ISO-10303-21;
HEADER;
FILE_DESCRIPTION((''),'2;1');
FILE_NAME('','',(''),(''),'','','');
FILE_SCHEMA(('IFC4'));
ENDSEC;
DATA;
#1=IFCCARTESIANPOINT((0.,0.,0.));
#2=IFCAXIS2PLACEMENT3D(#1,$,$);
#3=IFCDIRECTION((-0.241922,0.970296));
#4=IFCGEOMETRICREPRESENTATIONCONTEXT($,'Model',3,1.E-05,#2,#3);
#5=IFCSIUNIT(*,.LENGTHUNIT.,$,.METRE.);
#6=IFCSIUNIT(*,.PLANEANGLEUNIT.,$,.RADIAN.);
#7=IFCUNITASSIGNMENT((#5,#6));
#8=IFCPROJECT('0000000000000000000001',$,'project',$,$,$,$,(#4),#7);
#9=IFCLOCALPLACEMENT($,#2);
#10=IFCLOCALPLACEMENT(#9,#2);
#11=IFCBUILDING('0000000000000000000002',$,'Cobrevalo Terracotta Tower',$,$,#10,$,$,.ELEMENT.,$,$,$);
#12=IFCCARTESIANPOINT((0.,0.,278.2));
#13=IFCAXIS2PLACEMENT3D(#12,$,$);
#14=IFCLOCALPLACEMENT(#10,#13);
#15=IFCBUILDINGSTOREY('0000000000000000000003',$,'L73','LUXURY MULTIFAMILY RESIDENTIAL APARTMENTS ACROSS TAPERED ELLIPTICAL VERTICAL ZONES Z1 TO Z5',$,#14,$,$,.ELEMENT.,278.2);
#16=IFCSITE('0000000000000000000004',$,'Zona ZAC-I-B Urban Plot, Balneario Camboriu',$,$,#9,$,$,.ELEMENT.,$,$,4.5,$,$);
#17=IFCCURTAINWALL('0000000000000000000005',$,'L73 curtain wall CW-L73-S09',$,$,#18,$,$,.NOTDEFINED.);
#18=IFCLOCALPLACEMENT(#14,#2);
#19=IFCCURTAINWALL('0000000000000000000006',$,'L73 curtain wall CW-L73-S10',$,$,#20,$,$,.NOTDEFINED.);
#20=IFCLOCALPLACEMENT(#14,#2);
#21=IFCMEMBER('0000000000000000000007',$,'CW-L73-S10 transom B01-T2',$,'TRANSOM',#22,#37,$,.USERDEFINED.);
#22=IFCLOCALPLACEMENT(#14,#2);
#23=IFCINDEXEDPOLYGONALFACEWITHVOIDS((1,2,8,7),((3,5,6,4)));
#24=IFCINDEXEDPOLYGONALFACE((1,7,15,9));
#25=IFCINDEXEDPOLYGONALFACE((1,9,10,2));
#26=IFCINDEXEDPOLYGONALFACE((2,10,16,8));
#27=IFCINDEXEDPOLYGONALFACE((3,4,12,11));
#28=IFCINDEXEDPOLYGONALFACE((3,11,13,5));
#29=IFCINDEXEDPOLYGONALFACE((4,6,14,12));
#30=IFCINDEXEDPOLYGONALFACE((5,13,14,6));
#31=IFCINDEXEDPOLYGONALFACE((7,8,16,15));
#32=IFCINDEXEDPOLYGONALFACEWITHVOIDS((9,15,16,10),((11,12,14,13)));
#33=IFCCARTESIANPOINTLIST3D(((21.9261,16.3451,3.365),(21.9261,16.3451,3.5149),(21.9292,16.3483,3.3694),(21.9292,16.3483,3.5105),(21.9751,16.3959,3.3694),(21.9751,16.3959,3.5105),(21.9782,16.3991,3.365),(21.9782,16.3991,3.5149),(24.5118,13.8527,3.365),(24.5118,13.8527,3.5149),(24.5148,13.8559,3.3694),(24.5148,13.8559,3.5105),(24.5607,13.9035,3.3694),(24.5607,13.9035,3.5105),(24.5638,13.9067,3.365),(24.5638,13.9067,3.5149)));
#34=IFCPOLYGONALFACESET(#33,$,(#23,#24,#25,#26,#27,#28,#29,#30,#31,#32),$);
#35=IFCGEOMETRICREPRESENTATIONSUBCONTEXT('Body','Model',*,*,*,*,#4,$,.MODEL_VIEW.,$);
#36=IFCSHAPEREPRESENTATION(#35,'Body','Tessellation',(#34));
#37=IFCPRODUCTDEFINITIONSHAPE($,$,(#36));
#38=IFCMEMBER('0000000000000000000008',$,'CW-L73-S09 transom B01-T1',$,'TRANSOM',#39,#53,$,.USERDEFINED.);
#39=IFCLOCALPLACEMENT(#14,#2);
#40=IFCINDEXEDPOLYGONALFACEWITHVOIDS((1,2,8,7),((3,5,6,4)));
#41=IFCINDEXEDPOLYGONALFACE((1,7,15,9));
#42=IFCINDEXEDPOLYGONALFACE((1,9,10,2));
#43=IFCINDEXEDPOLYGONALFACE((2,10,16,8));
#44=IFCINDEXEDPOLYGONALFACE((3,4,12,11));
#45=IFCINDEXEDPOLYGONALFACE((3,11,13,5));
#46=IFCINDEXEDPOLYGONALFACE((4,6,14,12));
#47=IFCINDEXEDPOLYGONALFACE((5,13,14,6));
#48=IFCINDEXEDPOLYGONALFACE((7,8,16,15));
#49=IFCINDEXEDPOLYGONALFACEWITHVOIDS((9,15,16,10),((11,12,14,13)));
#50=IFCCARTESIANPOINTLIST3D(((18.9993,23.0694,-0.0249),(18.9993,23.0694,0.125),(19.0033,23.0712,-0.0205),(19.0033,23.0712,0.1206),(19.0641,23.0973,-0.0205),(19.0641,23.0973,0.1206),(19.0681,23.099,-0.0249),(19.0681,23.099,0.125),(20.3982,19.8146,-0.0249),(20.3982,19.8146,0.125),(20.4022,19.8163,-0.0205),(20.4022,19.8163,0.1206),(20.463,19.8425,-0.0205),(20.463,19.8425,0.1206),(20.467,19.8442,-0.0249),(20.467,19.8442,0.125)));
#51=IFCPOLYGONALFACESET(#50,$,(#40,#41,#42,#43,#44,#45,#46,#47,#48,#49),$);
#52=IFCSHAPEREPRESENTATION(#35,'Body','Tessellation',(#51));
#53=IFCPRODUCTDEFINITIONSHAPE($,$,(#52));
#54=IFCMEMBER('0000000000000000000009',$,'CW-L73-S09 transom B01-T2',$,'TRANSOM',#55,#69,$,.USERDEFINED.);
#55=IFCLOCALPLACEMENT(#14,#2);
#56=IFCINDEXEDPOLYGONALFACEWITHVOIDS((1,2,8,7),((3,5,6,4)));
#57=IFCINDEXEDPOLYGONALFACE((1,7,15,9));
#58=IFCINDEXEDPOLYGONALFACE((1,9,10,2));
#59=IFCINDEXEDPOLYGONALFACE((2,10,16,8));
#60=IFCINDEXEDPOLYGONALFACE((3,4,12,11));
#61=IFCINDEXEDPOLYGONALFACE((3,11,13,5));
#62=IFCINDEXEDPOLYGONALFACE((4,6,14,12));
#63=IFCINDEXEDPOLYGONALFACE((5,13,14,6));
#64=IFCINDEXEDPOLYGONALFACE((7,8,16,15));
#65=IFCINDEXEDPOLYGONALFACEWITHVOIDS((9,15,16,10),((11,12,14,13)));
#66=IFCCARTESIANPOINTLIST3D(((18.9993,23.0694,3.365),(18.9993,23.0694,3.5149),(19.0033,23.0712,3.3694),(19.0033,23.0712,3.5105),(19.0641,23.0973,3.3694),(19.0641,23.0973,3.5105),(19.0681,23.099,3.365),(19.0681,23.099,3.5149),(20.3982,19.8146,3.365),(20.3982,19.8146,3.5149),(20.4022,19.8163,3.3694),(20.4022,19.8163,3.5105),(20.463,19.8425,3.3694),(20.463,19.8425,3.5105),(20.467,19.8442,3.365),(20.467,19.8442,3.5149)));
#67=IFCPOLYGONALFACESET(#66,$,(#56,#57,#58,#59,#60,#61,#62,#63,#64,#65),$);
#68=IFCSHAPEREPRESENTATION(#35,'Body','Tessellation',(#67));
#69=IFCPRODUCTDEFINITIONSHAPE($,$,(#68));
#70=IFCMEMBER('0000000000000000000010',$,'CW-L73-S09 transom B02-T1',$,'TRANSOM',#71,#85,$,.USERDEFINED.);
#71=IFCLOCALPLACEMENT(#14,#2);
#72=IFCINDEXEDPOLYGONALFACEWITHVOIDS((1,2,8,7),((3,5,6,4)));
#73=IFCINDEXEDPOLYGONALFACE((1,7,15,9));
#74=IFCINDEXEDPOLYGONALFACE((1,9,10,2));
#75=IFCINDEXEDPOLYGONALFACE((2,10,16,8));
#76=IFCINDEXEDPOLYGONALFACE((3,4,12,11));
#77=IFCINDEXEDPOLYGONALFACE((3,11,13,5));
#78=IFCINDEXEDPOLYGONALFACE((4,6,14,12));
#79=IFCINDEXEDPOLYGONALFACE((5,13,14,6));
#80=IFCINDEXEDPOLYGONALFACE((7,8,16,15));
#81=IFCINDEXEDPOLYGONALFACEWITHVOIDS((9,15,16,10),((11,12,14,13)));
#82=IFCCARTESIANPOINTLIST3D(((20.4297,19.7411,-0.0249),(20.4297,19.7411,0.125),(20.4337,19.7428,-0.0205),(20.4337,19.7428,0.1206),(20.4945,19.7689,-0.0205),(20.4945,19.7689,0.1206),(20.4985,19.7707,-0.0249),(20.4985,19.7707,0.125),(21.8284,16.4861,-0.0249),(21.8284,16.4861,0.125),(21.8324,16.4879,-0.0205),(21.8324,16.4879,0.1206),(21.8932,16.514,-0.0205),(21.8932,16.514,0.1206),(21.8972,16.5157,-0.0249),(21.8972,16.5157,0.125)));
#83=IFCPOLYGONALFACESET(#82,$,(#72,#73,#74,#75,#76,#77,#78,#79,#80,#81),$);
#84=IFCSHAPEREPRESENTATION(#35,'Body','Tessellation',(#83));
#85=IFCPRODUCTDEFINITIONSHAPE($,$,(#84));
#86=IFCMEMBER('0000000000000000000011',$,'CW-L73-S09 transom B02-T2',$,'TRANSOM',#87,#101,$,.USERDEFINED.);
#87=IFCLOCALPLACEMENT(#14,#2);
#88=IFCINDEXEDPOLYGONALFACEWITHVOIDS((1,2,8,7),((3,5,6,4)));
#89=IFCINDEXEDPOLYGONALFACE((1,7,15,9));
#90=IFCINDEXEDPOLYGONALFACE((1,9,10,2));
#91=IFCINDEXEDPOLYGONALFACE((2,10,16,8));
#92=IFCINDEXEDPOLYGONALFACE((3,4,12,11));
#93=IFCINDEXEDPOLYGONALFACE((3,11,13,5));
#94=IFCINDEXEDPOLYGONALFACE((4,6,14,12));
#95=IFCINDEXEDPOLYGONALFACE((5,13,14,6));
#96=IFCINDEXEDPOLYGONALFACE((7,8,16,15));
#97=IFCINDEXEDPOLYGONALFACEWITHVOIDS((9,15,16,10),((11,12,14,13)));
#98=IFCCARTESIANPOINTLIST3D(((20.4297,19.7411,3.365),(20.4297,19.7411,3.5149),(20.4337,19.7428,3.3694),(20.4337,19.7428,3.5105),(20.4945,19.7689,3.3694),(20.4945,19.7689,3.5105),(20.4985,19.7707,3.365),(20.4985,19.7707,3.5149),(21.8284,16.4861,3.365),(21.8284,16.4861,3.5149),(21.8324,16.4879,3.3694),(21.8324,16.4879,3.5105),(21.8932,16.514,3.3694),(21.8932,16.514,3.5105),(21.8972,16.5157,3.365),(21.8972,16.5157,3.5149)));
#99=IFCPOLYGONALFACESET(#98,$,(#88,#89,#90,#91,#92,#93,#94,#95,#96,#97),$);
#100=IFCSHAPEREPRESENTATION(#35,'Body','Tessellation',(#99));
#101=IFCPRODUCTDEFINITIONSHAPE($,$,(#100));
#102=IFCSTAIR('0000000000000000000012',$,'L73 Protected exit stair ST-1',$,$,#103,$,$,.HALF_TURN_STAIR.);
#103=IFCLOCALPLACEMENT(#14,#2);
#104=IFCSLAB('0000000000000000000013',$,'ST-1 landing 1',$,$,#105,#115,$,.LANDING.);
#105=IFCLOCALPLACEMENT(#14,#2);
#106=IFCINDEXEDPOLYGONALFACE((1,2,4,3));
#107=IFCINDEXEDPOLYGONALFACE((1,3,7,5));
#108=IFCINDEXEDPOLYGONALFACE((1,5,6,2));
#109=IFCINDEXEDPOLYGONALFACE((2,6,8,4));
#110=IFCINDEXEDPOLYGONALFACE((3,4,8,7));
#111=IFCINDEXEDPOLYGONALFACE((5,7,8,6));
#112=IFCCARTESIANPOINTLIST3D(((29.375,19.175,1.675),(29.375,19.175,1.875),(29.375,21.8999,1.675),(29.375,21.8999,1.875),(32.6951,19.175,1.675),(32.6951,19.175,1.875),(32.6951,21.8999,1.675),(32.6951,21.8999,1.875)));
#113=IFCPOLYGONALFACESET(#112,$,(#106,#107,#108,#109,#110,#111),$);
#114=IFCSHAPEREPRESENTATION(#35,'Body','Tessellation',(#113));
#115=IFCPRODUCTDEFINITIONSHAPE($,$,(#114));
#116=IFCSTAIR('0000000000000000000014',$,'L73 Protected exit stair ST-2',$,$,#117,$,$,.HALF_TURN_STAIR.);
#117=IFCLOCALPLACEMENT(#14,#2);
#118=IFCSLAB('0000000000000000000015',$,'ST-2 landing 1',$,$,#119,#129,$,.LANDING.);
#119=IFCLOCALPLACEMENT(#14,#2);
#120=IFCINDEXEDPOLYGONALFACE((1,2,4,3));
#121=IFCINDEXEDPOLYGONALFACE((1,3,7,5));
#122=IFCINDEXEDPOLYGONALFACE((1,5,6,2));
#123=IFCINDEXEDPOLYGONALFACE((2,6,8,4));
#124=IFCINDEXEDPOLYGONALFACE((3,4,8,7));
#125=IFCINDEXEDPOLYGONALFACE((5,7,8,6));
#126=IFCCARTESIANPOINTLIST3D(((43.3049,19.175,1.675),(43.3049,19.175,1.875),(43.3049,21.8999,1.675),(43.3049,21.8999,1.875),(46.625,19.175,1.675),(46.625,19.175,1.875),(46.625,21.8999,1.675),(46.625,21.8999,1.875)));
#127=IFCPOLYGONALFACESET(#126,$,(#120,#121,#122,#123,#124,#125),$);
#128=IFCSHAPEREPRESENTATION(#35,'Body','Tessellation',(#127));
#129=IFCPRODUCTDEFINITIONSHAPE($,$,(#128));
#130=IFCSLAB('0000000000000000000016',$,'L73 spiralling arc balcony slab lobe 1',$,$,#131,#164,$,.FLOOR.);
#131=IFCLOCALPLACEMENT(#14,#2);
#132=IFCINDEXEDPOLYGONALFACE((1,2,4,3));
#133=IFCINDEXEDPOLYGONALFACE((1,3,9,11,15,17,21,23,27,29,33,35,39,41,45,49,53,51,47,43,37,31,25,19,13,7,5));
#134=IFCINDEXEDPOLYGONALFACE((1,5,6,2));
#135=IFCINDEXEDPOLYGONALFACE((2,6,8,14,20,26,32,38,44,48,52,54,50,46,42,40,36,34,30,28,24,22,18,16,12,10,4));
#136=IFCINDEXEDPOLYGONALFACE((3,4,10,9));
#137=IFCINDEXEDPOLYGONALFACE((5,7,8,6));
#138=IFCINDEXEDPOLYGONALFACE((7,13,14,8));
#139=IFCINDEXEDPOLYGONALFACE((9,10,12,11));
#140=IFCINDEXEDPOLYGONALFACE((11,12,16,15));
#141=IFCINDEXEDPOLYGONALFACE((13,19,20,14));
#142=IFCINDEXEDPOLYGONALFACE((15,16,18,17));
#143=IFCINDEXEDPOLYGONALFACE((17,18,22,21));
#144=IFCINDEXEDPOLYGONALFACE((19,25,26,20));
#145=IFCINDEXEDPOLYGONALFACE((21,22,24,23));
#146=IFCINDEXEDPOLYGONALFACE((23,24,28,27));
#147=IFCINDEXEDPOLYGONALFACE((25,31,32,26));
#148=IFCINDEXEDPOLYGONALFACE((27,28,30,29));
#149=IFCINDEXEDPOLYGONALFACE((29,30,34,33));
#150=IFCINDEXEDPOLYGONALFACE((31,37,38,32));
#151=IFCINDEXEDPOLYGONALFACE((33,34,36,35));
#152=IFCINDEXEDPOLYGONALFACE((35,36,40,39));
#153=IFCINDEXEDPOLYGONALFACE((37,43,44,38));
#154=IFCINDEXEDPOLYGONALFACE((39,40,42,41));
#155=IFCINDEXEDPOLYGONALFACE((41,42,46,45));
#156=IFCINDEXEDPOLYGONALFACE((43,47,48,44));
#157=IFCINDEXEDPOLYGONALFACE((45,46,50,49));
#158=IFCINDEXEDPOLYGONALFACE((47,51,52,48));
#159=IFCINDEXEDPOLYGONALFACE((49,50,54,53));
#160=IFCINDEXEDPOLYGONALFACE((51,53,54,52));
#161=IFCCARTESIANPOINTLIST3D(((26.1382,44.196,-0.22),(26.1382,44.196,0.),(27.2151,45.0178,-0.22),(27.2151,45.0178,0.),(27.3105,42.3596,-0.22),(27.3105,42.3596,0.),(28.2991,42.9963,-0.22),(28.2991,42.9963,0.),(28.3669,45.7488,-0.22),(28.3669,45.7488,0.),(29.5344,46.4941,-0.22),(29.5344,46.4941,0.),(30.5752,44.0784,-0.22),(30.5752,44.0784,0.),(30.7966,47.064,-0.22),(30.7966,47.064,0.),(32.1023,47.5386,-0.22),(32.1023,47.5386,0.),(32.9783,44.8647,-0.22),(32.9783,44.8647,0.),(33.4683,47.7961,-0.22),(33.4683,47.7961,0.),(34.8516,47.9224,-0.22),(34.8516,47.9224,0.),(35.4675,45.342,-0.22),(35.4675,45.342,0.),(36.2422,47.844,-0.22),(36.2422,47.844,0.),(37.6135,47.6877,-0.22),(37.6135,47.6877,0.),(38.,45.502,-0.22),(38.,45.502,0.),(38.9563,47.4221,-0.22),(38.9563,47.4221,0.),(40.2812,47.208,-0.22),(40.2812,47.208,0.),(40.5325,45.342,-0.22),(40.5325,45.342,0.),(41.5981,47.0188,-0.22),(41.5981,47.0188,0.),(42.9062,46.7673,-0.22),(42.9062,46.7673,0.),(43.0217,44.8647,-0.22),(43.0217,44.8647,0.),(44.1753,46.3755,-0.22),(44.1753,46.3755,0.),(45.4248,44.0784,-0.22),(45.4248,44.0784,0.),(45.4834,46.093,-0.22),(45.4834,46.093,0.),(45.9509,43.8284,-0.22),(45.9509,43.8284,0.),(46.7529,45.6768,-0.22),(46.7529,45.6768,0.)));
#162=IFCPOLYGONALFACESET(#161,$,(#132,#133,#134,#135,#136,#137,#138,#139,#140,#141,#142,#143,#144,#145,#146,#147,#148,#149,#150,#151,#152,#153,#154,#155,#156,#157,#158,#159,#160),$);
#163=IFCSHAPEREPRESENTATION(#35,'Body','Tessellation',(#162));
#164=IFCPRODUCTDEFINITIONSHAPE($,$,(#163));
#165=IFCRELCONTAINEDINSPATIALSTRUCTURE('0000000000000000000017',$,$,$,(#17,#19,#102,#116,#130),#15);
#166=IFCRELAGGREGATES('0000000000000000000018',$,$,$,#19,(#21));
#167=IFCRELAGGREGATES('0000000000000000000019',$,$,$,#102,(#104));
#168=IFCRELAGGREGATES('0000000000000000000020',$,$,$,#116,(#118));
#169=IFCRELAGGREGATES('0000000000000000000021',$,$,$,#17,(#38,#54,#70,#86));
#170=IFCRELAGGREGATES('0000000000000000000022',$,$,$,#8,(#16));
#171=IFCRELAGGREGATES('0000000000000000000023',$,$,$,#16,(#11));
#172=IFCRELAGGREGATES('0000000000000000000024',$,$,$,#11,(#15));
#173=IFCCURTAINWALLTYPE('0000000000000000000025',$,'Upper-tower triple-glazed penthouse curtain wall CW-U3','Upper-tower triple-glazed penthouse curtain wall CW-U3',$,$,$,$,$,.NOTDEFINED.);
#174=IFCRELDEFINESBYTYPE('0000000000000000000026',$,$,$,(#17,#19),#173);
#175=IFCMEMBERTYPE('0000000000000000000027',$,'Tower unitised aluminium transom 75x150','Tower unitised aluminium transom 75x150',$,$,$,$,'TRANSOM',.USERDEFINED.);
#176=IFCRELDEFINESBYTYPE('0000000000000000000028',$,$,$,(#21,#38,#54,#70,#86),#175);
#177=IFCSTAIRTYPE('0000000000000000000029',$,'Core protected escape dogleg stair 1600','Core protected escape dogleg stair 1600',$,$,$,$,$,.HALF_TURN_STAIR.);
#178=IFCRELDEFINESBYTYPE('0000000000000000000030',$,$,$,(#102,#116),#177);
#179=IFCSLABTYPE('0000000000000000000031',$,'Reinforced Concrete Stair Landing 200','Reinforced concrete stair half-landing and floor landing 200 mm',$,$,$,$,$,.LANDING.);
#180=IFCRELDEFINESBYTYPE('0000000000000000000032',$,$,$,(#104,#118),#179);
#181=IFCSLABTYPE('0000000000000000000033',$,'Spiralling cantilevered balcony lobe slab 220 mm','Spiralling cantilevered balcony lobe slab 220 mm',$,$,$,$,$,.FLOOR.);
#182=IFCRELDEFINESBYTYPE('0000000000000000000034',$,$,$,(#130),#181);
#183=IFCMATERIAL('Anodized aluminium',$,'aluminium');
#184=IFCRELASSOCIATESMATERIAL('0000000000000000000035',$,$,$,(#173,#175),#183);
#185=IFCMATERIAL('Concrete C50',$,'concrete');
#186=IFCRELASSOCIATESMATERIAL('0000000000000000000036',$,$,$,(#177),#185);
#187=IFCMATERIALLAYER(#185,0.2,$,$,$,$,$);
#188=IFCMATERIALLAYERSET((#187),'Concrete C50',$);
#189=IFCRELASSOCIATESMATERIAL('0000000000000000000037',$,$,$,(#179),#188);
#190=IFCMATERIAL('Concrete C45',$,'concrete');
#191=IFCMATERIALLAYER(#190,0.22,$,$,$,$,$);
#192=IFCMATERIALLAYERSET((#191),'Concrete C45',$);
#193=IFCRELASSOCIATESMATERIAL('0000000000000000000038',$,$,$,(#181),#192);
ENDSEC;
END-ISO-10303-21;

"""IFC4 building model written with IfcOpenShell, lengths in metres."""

from ifc_helpers import new_model, si_unit, direction, frame, origin, origin_2d, place, context, subcontext, project, spatial, polyline, hollow_rectangle, outline, extrude, source, transform, mapped, material, layer, layer_set, material_profile, profile_set, type_object, element, aggregate, save


model = new_model("IFC4")

# Units and contexts
model_context = context("Model", 3, precision=1e-05, world=origin(), true_north=direction((-0.241922, 0.970296)))
body_context = subcontext(model_context, "Body", "Model", "MODEL_VIEW")
ifc_project = project(units=[si_unit("LENGTHUNIT", "METRE"), si_unit("PLANEANGLEUNIT", "RADIAN")], contexts=[model_context])

# Site, building, storey
site_placement = place(None, origin())
site = spatial("IfcSite", under=ifc_project, at=site_placement, Name="Zona ZAC-I-B Urban Plot, Balneario Camboriu", CompositionType="ELEMENT", RefElevation=4.5)
building_placement = place(site_placement, origin())
building = spatial("IfcBuilding", under=site, at=building_placement, Name="Cobrevalo Terracotta Tower", CompositionType="ELEMENT")
storey_placement = place(building_placement, frame((0.0, 0.0, 278.2)))
storey = spatial("IfcBuildingStorey", under=building, at=storey_placement, Name="L73", Description="LUXURY MULTIFAMILY RESIDENTIAL APARTMENTS ACROSS TAPERED ELLIPTICAL VERTICAL ZONES Z1 TO Z5", CompositionType="ELEMENT", Elevation=278.2)

# Curtain walls, member
ifc_material_1 = material(Name="Anodized aluminium", Category="aluminium")
curtain_wall_type = type_object("IfcCurtainWallType", Name="Upper-tower triple-glazed penthouse curtain wall CW-U3", Description="Upper-tower triple-glazed penthouse curtain wall CW-U3", PredefinedType="NOTDEFINED", material=ifc_material_1)
curtain_wall_1_placement = place(storey_placement, origin())
curtain_wall_1 = element("IfcCurtainWall", 1, at=curtain_wall_1_placement, inside=storey, type_object=curtain_wall_type, Name="L73 curtain wall CW-L73-S09", PredefinedType="NOTDEFINED")
curtain_wall_2_placement = place(storey_placement, origin())
curtain_wall_2 = element("IfcCurtainWall", 2, at=curtain_wall_2_placement, inside=storey, type_object=curtain_wall_type, Name="L73 curtain wall CW-L73-S10", PredefinedType="NOTDEFINED")
ifc_material_profile_1 = material_profile(ifc_material_1, hollow_rectangle(XDim=0.075, YDim=0.1499, WallThickness=0.0044, at=origin_2d()), Name="CWT 75x150")
ifc_profile_set_1 = profile_set([ifc_material_profile_1], Name="Anodized aluminium")
member_type_1 = type_object("IfcMemberType", Name="Tower unitised aluminium transom 75x150", Description="Tower unitised aluminium transom 75x150", ElementType="TRANSOM", PredefinedType="USERDEFINED", material=ifc_profile_set_1)
shared_shape_1 = source(origin(), body_context, "Body", "SweptSolid", [
    extrude(hollow_rectangle(XDim=0.075, YDim=0.1499, WallThickness=0.0044, at=origin_2d()), origin(), (0.0, 0.0, 1.0), 3.5913),
])
member_1_placement = place(storey_placement, frame((21.9521, 16.3721, 3.4399), z_axis=(0.719972, -0.694003, 0.0), x_axis=(0.694003, 0.719972, 0.0)))
member_1 = element("IfcMember", 3, at=member_1_placement, type_object=member_type_1, Name="CW-L73-S10 transom B01-T2", ObjectType="TRANSOM", PredefinedType="USERDEFINED", context=body_context, shape_type="MappedRepresentation", body=[
    mapped(shared_shape_1, transform((0.0, 0.0, 0.0), scale=1.0)),
])
aggregate(curtain_wall_2, [member_1])

# Members
shared_shape_2 = source(origin(), body_context, "Body", "SweptSolid", [
    extrude(hollow_rectangle(XDim=0.075, YDim=0.1499, WallThickness=0.0044, at=origin_2d()), origin(), (0.0, 0.0, 1.0), 3.5427),
])
member_2_placement = place(storey_placement, frame((19.0337, 23.0842, 0.05), z_axis=(0.394867, -0.918738, 0.0), x_axis=(0.918738, 0.394867, 0.0)))
member_2 = element("IfcMember", 4, at=member_2_placement, type_object=member_type_1, Name="CW-L73-S09 transom B01-T1", ObjectType="TRANSOM", PredefinedType="USERDEFINED", context=body_context, shape_type="MappedRepresentation", body=[
    mapped(shared_shape_2, transform((0.0, 0.0, 0.0), scale=1.0)),
])
member_3_placement = place(storey_placement, frame((19.0337, 23.0842, 3.4399), z_axis=(0.394867, -0.918738, 0.0), x_axis=(0.918738, 0.394867, 0.0)))
member_3 = element("IfcMember", 5, at=member_3_placement, type_object=member_type_1, Name="CW-L73-S09 transom B01-T2", ObjectType="TRANSOM", PredefinedType="USERDEFINED", context=body_context, shape_type="MappedRepresentation", body=[
    mapped(shared_shape_2, transform((0.0, 0.0, 0.0), scale=1.0)),
])
member_4_placement = place(storey_placement, frame((20.4641, 19.7559, 0.05), z_axis=(0.394809, -0.918763, 0.0), x_axis=(0.918763, 0.394809, 0.0)))
member_4 = element("IfcMember", 6, at=member_4_placement, type_object=member_type_1, Name="CW-L73-S09 transom B02-T1", ObjectType="TRANSOM", PredefinedType="USERDEFINED", context=body_context, shape_type="MappedRepresentation", body=[
    mapped(shared_shape_2, transform((0.0, 0.0, 0.0), scale=1.0)),
])
member_5_placement = place(storey_placement, frame((20.4641, 19.7559, 3.4399), z_axis=(0.394809, -0.918763, 0.0), x_axis=(0.918763, 0.394809, 0.0)))
member_5 = element("IfcMember", 7, at=member_5_placement, type_object=member_type_1, Name="CW-L73-S09 transom B02-T2", ObjectType="TRANSOM", PredefinedType="USERDEFINED", context=body_context, shape_type="MappedRepresentation", body=[
    mapped(shared_shape_2, transform((0.0, 0.0, 0.0), scale=1.0)),
])

# Stairs, slabs
ifc_material_2 = material(Name="Concrete C50", Category="concrete")
stair_type = type_object("IfcStairType", Name="Core protected escape dogleg stair 1600", Description="Core protected escape dogleg stair 1600", PredefinedType="HALF_TURN_STAIR", material=ifc_material_2)
stair_1_placement = place(storey_placement, origin())
stair_1 = element("IfcStair", 8, at=stair_1_placement, inside=storey, type_object=stair_type, Name="L73 Protected exit stair ST-1", PredefinedType="HALF_TURN_STAIR")
ifc_layer_1 = layer(ifc_material_2, 0.2)
ifc_layer_set_1 = layer_set([ifc_layer_1], Name="Concrete C50")
slab_type_1 = type_object("IfcSlabType", Name="Reinforced Concrete Stair Landing 200", Description="Reinforced concrete stair half-landing and floor landing 200 mm", PredefinedType="LANDING", material=ifc_layer_set_1)
slab_1_placement = place(storey_placement, frame((0.0, 0.0, 1.675)))
slab_1 = element("IfcSlab", 9, at=slab_1_placement, type_object=slab_type_1, Name="ST-1 landing 1", PredefinedType="LANDING", context=body_context, shape_type="SweptSolid", body=[
    extrude(outline(polyline([(29.375, 21.8999), (29.375, 19.175), (32.6951, 19.175), (32.6951, 21.8999), (29.375, 21.8999)])), origin(), (0.0, 0.0, 1.0), 0.2),
])
aggregate(stair_1, [slab_1])
stair_2_placement = place(storey_placement, origin())
stair_2 = element("IfcStair", 10, at=stair_2_placement, inside=storey, type_object=stair_type, Name="L73 Protected exit stair ST-2", PredefinedType="HALF_TURN_STAIR")
slab_2_placement = place(storey_placement, frame((0.0, 0.0, 1.675)))
slab_2 = element("IfcSlab", 11, at=slab_2_placement, type_object=slab_type_1, Name="ST-2 landing 1", PredefinedType="LANDING", context=body_context, shape_type="SweptSolid", body=[
    extrude(outline(polyline([(43.3049, 21.8999), (43.3049, 19.175), (46.625, 19.175), (46.625, 21.8999), (43.3049, 21.8999)])), origin(), (0.0, 0.0, 1.0), 0.2),
])
aggregate(stair_2, [slab_2])

# Slab
ifc_material_3 = material(Name="Concrete C45", Category="concrete")
ifc_layer_2 = layer(ifc_material_3, 0.22)
ifc_layer_set_2 = layer_set([ifc_layer_2], Name="Concrete C45")
slab_type_2 = type_object("IfcSlabType", Name="Spiralling cantilevered balcony lobe slab 220 mm", Description="Spiralling cantilevered balcony lobe slab 220 mm", PredefinedType="FLOOR", material=ifc_layer_set_2)
slab_3_placement = place(storey_placement, frame((0.0, 0.0, -0.22)))
element("IfcSlab", 12, at=slab_3_placement, inside=storey, type_object=slab_type_2, Name="L73 spiralling arc balcony slab lobe 1", PredefinedType="FLOOR", context=body_context, shape_type="SweptSolid", body=[
    extrude(outline(polyline([(46.7529, 45.6768), (45.4834, 46.093), (44.1753, 46.3755), (42.9062, 46.7673), (41.5981, 47.0188), (40.2812, 47.208), (38.9563, 47.4221), (37.6135, 47.6877), (36.2422, 47.844), (34.8516, 47.9224), (33.4683, 47.7961), (32.1023, 47.5386), (30.7966, 47.064), (29.5344, 46.4941), (28.3669, 45.7488), (27.2151, 45.0178), (26.1382, 44.196), (27.3105, 42.3596), (28.2991, 42.9963), (30.5752, 44.0784), (32.9783, 44.8647), (35.4675, 45.342), (38.0, 45.502), (40.5325, 45.342), (43.0217, 44.8647), (45.4248, 44.0784), (45.9509, 43.8284), (46.7529, 45.6768)])), origin(), (0.0, 0.0, 1.0), 0.22),
])

aggregate(curtain_wall_1, [member_2, member_3, member_4, member_5])

save(model, "model.ifc")
